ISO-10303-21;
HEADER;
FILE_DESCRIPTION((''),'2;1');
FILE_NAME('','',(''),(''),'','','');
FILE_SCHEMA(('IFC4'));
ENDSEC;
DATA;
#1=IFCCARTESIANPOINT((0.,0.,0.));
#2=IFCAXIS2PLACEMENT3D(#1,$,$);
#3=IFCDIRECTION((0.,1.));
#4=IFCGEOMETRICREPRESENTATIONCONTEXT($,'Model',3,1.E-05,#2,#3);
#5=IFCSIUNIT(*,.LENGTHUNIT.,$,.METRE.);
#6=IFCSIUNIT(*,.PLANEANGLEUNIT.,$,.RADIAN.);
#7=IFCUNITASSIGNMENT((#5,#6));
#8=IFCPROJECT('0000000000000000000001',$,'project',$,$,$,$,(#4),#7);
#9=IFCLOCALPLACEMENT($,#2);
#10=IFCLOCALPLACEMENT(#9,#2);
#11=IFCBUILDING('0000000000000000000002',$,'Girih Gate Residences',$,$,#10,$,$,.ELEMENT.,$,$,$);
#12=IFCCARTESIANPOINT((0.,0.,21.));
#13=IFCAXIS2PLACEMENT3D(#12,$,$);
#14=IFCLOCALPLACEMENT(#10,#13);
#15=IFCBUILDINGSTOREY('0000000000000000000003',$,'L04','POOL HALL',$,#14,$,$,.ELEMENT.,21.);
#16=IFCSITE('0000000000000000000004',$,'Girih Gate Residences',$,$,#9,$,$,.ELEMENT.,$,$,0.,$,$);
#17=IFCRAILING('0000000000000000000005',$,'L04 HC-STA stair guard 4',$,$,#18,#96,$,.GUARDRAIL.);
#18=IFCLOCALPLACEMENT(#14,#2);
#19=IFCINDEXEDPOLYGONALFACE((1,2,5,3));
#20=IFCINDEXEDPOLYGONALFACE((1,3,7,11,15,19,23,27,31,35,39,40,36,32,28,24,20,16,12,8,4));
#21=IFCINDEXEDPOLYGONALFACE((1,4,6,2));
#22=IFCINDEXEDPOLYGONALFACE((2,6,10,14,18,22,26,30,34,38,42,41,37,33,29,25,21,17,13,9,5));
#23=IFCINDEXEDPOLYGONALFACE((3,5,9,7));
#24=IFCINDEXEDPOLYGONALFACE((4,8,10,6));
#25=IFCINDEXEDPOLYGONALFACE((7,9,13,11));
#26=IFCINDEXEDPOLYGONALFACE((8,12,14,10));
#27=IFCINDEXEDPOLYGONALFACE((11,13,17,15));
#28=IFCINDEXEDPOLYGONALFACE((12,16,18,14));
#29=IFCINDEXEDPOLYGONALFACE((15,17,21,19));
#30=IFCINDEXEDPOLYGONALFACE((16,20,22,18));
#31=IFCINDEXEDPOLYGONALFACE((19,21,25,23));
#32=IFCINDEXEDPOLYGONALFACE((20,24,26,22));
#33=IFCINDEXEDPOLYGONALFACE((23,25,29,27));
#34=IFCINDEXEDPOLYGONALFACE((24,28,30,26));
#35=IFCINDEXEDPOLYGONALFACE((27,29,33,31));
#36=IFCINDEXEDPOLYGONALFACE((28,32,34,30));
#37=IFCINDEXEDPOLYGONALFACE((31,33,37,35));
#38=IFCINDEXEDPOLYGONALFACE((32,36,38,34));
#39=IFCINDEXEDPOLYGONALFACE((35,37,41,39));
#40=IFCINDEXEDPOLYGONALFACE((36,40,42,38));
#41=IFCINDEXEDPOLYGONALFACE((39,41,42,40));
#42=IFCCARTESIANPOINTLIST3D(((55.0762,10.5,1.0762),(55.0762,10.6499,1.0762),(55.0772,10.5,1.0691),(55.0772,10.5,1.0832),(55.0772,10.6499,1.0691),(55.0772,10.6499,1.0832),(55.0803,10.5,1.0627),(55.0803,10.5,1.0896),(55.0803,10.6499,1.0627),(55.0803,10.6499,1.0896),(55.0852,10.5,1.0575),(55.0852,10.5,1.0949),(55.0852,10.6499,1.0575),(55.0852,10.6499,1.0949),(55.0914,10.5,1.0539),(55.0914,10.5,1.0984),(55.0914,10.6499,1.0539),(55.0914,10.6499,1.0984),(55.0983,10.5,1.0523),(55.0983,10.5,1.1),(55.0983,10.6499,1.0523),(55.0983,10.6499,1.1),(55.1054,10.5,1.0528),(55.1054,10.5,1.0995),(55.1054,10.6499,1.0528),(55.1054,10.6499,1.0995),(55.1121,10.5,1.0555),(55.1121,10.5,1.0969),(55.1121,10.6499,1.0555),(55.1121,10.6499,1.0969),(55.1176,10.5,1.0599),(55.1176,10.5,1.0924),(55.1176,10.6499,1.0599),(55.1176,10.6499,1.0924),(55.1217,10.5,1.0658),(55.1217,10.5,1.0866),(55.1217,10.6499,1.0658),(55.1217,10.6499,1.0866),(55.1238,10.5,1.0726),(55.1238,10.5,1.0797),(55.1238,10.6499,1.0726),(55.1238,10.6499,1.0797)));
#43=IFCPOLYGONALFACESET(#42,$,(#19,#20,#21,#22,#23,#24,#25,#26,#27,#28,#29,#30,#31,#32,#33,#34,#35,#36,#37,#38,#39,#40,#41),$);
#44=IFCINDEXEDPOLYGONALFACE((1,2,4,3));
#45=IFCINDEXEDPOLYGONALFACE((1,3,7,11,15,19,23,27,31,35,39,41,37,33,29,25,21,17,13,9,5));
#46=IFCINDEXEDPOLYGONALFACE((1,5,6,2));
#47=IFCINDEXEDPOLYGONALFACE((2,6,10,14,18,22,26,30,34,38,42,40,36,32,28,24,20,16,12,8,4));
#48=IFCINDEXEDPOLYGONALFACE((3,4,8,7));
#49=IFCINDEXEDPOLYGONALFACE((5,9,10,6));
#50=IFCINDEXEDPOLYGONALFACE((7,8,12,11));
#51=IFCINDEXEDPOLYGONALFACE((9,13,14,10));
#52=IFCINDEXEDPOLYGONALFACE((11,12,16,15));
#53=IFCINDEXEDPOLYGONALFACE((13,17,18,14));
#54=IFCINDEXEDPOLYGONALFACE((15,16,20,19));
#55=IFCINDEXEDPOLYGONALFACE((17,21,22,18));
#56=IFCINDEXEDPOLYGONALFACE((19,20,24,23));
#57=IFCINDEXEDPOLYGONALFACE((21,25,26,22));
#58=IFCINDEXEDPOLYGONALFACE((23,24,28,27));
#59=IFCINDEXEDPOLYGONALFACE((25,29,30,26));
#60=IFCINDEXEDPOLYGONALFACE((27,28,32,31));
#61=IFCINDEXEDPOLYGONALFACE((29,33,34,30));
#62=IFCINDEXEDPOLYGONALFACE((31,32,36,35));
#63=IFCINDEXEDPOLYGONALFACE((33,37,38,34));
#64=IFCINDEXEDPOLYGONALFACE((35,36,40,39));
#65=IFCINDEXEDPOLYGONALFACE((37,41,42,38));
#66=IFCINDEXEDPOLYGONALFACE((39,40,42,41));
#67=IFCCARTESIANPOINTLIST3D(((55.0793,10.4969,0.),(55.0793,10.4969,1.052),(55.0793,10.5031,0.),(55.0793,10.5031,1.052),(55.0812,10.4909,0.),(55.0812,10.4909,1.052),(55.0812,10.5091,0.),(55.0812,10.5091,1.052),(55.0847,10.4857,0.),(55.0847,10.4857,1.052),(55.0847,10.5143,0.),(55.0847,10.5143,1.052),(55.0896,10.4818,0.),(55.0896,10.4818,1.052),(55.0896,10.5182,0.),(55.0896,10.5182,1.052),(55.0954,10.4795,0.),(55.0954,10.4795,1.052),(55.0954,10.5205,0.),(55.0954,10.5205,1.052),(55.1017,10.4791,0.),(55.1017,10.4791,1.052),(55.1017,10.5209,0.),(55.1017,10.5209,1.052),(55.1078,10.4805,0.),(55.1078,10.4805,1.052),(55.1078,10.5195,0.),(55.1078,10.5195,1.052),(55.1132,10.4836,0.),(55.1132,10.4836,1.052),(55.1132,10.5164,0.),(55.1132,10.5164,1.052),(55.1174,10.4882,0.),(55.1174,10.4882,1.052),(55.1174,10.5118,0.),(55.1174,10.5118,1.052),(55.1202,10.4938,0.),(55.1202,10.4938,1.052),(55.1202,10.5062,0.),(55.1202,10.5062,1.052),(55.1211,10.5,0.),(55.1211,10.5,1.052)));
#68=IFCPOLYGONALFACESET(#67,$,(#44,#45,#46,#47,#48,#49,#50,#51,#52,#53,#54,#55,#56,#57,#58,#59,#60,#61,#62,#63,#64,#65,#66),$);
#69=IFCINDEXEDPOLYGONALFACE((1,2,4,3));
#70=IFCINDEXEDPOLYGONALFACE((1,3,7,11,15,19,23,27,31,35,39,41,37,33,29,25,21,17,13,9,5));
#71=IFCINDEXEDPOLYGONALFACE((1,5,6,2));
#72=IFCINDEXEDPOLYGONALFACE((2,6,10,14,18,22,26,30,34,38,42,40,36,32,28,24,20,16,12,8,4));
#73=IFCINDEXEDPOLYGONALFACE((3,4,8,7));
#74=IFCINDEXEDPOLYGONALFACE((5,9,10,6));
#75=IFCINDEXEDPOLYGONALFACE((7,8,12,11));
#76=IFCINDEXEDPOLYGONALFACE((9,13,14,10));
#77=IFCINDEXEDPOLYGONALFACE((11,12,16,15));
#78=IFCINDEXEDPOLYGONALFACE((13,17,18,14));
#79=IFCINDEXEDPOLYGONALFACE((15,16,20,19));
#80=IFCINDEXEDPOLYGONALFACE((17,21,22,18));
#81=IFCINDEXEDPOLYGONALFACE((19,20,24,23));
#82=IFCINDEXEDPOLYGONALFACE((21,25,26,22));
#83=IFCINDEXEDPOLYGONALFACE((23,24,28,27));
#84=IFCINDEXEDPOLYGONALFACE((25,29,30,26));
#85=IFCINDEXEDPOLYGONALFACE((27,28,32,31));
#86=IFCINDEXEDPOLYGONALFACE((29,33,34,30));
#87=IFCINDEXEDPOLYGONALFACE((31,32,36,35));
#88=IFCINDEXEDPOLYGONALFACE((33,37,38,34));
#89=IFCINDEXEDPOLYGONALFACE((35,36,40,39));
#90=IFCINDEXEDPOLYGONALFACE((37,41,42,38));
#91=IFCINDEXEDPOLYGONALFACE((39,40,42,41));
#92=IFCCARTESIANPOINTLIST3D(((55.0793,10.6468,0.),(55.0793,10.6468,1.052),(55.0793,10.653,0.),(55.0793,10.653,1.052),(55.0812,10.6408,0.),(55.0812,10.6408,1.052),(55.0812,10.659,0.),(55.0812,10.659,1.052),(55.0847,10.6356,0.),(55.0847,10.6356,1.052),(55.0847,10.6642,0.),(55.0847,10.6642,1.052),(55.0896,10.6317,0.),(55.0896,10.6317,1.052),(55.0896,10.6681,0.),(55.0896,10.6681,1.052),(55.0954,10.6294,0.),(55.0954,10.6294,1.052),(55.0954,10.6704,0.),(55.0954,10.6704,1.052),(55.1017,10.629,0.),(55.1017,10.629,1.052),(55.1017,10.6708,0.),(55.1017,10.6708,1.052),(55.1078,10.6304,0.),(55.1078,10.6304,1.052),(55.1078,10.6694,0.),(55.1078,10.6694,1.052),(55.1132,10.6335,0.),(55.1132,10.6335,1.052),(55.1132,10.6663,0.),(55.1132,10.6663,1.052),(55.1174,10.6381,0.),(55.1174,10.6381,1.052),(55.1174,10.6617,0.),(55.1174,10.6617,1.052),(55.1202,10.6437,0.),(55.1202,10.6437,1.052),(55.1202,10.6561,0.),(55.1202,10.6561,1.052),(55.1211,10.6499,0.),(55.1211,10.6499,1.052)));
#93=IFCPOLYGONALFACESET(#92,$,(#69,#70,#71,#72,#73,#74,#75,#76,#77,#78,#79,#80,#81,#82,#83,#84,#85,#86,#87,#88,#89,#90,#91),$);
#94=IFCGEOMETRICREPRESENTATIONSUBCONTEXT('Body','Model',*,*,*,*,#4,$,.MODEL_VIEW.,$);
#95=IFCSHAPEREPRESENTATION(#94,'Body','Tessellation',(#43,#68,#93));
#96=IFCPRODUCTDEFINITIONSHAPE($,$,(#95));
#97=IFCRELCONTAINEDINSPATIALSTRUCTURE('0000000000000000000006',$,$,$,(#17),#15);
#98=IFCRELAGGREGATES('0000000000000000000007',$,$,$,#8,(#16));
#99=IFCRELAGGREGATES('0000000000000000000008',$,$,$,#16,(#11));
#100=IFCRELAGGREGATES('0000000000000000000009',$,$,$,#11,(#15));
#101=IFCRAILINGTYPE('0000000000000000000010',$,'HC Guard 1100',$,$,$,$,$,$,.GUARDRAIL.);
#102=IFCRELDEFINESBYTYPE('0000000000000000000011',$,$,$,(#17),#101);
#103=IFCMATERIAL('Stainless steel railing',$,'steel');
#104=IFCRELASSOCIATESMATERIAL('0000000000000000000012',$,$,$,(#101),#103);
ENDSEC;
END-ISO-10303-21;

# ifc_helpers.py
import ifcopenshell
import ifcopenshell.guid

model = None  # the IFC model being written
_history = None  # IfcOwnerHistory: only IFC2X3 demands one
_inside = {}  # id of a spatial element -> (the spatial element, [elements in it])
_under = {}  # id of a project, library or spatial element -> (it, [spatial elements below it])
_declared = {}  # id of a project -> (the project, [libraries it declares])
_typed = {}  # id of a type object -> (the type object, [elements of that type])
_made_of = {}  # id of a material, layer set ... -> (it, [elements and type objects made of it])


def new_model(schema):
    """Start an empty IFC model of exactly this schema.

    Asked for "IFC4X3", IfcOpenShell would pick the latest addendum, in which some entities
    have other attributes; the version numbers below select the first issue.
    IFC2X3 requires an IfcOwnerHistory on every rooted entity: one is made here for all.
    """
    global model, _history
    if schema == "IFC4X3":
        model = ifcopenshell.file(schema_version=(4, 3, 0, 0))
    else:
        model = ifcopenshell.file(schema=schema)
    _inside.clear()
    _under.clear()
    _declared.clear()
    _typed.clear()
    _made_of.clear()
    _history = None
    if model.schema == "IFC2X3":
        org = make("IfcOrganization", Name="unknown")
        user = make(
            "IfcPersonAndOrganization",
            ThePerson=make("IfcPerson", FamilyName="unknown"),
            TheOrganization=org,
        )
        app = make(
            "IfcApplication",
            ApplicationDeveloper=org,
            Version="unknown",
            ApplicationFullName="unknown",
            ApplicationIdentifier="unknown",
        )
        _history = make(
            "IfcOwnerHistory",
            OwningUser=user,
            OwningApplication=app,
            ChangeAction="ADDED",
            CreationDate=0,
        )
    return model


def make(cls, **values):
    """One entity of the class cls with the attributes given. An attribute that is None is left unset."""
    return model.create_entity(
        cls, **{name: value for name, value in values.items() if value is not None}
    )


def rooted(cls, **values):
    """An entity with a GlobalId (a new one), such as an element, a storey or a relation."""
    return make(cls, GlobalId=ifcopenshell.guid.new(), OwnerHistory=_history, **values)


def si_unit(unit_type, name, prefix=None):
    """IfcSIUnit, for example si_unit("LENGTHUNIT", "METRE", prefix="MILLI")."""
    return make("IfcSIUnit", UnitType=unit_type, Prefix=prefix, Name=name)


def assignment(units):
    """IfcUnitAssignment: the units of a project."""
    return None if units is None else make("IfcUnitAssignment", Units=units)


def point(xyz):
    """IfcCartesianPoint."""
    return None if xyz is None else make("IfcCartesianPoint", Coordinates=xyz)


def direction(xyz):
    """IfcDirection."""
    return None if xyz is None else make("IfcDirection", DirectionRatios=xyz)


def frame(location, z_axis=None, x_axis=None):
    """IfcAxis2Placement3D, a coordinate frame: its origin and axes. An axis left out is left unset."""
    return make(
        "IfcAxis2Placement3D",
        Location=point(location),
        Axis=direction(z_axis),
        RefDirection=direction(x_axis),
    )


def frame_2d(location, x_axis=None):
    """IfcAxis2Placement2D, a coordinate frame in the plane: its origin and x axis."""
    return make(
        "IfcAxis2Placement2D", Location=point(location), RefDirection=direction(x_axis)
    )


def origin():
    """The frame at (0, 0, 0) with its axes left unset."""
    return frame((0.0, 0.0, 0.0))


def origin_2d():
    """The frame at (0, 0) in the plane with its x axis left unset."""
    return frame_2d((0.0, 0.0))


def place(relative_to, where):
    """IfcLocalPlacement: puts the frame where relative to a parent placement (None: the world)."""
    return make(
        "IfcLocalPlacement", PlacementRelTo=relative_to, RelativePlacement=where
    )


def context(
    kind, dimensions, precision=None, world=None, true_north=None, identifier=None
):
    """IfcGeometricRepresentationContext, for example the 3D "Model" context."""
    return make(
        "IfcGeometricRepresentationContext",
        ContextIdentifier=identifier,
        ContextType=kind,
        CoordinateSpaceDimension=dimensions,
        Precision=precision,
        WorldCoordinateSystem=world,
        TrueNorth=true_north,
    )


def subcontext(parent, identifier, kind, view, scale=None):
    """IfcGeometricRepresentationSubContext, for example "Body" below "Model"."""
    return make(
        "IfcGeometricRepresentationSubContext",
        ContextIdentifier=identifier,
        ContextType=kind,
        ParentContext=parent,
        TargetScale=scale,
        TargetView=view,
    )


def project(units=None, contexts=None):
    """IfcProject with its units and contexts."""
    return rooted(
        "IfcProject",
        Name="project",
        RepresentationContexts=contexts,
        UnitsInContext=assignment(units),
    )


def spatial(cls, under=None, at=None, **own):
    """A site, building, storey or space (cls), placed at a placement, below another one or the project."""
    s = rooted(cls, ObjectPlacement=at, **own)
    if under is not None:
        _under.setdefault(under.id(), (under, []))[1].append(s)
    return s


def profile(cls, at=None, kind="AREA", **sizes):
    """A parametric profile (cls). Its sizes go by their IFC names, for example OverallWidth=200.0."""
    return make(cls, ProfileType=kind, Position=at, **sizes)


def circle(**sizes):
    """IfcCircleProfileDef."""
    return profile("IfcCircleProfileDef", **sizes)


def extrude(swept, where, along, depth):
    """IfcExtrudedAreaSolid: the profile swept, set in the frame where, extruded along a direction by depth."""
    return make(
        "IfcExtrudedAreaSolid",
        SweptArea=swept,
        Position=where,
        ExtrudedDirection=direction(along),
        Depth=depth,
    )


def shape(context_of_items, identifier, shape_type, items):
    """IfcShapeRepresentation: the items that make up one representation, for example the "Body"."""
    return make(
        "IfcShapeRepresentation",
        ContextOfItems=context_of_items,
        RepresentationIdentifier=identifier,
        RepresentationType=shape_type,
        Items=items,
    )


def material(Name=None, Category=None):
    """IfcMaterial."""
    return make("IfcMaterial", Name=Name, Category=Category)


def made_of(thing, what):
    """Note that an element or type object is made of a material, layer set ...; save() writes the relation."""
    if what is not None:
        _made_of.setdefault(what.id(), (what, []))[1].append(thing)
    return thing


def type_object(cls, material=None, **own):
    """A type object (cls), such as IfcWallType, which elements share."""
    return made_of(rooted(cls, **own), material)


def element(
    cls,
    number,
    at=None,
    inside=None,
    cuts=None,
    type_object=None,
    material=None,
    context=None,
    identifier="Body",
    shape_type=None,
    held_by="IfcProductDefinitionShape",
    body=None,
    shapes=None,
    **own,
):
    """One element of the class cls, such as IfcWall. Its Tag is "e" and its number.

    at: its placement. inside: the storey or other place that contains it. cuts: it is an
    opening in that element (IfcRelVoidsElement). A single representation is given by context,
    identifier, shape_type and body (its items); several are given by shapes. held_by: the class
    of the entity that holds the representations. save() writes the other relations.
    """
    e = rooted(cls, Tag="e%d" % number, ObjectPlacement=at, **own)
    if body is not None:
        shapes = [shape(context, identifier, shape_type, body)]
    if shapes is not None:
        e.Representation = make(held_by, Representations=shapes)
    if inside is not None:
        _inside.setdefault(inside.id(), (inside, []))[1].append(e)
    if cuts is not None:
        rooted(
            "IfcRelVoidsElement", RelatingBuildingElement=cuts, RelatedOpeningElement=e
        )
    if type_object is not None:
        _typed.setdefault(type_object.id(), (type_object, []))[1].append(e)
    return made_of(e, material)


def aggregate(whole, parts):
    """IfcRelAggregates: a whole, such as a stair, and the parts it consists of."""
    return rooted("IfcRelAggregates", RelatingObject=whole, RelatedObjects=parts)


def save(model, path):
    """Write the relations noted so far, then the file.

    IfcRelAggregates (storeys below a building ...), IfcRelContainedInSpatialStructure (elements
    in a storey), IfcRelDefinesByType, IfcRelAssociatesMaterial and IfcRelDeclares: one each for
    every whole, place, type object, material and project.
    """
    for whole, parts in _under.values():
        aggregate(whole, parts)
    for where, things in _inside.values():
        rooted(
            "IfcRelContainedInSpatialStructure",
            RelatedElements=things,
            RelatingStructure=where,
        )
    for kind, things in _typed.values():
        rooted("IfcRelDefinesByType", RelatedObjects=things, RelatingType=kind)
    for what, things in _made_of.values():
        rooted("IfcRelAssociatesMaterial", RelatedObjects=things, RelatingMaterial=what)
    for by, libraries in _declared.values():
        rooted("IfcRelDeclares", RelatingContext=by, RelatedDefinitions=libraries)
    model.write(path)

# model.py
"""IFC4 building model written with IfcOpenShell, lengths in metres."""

from ifc_helpers import new_model, si_unit, direction, frame, origin, origin_2d, place, context, subcontext, project, spatial, circle, extrude, material, type_object, element, save


model = new_model("IFC4")

# Units and contexts
model_context = context("Model", 3, precision=1e-05, world=origin(), true_north=direction((0.0, 1.0)))
body_context = subcontext(model_context, "Body", "Model", "MODEL_VIEW")
ifc_project = project(units=[si_unit("LENGTHUNIT", "METRE"), si_unit("PLANEANGLEUNIT", "RADIAN")], contexts=[model_context])

# Site, building, storey
site_placement = place(None, origin())
site = spatial("IfcSite", under=ifc_project, at=site_placement, Name="Girih Gate Residences", CompositionType="ELEMENT", RefElevation=0.0)
building_placement = place(site_placement, origin())
building = spatial("IfcBuilding", under=site, at=building_placement, Name="Girih Gate Residences", CompositionType="ELEMENT")
storey_placement = place(building_placement, frame((0.0, 0.0, 21.0)))
storey = spatial("IfcBuildingStorey", under=building, at=storey_placement, Name="L04", Description="POOL HALL", CompositionType="ELEMENT", Elevation=21.0)

# Railing
ifc_material_1 = material(Name="Stainless steel railing", Category="steel")
railing_type_1 = type_object("IfcRailingType", Name="HC Guard 1100", PredefinedType="GUARDRAIL", material=ifc_material_1)
railing_1_placement = place(storey_placement, frame((55.1001, 10.5, 0.0)))
element("IfcRailing", 1, at=railing_1_placement, inside=storey, type_object=railing_type_1, Name="L04 HC-STA stair guard 4", PredefinedType="GUARDRAIL", context=body_context, shape_type="SweptSolid", body=[
    extrude(circle(Radius=0.0239, at=origin_2d()), frame((0.0, 0.0, 1.0762), z_axis=(0.0, 1.0, 0.0), x_axis=(-1.0, 0.0, 0.0)), (0.0, 0.0, 1.0), 0.1499),
    extrude(circle(Radius=0.021, at=origin_2d()), origin(), (0.0, 0.0, 1.0), 1.052),
    extrude(circle(Radius=0.021, at=origin_2d()), frame((0.0, 0.1499, 0.0)), (0.0, 0.0, 1.0), 1.052),
])

save(model, "model.ifc")
